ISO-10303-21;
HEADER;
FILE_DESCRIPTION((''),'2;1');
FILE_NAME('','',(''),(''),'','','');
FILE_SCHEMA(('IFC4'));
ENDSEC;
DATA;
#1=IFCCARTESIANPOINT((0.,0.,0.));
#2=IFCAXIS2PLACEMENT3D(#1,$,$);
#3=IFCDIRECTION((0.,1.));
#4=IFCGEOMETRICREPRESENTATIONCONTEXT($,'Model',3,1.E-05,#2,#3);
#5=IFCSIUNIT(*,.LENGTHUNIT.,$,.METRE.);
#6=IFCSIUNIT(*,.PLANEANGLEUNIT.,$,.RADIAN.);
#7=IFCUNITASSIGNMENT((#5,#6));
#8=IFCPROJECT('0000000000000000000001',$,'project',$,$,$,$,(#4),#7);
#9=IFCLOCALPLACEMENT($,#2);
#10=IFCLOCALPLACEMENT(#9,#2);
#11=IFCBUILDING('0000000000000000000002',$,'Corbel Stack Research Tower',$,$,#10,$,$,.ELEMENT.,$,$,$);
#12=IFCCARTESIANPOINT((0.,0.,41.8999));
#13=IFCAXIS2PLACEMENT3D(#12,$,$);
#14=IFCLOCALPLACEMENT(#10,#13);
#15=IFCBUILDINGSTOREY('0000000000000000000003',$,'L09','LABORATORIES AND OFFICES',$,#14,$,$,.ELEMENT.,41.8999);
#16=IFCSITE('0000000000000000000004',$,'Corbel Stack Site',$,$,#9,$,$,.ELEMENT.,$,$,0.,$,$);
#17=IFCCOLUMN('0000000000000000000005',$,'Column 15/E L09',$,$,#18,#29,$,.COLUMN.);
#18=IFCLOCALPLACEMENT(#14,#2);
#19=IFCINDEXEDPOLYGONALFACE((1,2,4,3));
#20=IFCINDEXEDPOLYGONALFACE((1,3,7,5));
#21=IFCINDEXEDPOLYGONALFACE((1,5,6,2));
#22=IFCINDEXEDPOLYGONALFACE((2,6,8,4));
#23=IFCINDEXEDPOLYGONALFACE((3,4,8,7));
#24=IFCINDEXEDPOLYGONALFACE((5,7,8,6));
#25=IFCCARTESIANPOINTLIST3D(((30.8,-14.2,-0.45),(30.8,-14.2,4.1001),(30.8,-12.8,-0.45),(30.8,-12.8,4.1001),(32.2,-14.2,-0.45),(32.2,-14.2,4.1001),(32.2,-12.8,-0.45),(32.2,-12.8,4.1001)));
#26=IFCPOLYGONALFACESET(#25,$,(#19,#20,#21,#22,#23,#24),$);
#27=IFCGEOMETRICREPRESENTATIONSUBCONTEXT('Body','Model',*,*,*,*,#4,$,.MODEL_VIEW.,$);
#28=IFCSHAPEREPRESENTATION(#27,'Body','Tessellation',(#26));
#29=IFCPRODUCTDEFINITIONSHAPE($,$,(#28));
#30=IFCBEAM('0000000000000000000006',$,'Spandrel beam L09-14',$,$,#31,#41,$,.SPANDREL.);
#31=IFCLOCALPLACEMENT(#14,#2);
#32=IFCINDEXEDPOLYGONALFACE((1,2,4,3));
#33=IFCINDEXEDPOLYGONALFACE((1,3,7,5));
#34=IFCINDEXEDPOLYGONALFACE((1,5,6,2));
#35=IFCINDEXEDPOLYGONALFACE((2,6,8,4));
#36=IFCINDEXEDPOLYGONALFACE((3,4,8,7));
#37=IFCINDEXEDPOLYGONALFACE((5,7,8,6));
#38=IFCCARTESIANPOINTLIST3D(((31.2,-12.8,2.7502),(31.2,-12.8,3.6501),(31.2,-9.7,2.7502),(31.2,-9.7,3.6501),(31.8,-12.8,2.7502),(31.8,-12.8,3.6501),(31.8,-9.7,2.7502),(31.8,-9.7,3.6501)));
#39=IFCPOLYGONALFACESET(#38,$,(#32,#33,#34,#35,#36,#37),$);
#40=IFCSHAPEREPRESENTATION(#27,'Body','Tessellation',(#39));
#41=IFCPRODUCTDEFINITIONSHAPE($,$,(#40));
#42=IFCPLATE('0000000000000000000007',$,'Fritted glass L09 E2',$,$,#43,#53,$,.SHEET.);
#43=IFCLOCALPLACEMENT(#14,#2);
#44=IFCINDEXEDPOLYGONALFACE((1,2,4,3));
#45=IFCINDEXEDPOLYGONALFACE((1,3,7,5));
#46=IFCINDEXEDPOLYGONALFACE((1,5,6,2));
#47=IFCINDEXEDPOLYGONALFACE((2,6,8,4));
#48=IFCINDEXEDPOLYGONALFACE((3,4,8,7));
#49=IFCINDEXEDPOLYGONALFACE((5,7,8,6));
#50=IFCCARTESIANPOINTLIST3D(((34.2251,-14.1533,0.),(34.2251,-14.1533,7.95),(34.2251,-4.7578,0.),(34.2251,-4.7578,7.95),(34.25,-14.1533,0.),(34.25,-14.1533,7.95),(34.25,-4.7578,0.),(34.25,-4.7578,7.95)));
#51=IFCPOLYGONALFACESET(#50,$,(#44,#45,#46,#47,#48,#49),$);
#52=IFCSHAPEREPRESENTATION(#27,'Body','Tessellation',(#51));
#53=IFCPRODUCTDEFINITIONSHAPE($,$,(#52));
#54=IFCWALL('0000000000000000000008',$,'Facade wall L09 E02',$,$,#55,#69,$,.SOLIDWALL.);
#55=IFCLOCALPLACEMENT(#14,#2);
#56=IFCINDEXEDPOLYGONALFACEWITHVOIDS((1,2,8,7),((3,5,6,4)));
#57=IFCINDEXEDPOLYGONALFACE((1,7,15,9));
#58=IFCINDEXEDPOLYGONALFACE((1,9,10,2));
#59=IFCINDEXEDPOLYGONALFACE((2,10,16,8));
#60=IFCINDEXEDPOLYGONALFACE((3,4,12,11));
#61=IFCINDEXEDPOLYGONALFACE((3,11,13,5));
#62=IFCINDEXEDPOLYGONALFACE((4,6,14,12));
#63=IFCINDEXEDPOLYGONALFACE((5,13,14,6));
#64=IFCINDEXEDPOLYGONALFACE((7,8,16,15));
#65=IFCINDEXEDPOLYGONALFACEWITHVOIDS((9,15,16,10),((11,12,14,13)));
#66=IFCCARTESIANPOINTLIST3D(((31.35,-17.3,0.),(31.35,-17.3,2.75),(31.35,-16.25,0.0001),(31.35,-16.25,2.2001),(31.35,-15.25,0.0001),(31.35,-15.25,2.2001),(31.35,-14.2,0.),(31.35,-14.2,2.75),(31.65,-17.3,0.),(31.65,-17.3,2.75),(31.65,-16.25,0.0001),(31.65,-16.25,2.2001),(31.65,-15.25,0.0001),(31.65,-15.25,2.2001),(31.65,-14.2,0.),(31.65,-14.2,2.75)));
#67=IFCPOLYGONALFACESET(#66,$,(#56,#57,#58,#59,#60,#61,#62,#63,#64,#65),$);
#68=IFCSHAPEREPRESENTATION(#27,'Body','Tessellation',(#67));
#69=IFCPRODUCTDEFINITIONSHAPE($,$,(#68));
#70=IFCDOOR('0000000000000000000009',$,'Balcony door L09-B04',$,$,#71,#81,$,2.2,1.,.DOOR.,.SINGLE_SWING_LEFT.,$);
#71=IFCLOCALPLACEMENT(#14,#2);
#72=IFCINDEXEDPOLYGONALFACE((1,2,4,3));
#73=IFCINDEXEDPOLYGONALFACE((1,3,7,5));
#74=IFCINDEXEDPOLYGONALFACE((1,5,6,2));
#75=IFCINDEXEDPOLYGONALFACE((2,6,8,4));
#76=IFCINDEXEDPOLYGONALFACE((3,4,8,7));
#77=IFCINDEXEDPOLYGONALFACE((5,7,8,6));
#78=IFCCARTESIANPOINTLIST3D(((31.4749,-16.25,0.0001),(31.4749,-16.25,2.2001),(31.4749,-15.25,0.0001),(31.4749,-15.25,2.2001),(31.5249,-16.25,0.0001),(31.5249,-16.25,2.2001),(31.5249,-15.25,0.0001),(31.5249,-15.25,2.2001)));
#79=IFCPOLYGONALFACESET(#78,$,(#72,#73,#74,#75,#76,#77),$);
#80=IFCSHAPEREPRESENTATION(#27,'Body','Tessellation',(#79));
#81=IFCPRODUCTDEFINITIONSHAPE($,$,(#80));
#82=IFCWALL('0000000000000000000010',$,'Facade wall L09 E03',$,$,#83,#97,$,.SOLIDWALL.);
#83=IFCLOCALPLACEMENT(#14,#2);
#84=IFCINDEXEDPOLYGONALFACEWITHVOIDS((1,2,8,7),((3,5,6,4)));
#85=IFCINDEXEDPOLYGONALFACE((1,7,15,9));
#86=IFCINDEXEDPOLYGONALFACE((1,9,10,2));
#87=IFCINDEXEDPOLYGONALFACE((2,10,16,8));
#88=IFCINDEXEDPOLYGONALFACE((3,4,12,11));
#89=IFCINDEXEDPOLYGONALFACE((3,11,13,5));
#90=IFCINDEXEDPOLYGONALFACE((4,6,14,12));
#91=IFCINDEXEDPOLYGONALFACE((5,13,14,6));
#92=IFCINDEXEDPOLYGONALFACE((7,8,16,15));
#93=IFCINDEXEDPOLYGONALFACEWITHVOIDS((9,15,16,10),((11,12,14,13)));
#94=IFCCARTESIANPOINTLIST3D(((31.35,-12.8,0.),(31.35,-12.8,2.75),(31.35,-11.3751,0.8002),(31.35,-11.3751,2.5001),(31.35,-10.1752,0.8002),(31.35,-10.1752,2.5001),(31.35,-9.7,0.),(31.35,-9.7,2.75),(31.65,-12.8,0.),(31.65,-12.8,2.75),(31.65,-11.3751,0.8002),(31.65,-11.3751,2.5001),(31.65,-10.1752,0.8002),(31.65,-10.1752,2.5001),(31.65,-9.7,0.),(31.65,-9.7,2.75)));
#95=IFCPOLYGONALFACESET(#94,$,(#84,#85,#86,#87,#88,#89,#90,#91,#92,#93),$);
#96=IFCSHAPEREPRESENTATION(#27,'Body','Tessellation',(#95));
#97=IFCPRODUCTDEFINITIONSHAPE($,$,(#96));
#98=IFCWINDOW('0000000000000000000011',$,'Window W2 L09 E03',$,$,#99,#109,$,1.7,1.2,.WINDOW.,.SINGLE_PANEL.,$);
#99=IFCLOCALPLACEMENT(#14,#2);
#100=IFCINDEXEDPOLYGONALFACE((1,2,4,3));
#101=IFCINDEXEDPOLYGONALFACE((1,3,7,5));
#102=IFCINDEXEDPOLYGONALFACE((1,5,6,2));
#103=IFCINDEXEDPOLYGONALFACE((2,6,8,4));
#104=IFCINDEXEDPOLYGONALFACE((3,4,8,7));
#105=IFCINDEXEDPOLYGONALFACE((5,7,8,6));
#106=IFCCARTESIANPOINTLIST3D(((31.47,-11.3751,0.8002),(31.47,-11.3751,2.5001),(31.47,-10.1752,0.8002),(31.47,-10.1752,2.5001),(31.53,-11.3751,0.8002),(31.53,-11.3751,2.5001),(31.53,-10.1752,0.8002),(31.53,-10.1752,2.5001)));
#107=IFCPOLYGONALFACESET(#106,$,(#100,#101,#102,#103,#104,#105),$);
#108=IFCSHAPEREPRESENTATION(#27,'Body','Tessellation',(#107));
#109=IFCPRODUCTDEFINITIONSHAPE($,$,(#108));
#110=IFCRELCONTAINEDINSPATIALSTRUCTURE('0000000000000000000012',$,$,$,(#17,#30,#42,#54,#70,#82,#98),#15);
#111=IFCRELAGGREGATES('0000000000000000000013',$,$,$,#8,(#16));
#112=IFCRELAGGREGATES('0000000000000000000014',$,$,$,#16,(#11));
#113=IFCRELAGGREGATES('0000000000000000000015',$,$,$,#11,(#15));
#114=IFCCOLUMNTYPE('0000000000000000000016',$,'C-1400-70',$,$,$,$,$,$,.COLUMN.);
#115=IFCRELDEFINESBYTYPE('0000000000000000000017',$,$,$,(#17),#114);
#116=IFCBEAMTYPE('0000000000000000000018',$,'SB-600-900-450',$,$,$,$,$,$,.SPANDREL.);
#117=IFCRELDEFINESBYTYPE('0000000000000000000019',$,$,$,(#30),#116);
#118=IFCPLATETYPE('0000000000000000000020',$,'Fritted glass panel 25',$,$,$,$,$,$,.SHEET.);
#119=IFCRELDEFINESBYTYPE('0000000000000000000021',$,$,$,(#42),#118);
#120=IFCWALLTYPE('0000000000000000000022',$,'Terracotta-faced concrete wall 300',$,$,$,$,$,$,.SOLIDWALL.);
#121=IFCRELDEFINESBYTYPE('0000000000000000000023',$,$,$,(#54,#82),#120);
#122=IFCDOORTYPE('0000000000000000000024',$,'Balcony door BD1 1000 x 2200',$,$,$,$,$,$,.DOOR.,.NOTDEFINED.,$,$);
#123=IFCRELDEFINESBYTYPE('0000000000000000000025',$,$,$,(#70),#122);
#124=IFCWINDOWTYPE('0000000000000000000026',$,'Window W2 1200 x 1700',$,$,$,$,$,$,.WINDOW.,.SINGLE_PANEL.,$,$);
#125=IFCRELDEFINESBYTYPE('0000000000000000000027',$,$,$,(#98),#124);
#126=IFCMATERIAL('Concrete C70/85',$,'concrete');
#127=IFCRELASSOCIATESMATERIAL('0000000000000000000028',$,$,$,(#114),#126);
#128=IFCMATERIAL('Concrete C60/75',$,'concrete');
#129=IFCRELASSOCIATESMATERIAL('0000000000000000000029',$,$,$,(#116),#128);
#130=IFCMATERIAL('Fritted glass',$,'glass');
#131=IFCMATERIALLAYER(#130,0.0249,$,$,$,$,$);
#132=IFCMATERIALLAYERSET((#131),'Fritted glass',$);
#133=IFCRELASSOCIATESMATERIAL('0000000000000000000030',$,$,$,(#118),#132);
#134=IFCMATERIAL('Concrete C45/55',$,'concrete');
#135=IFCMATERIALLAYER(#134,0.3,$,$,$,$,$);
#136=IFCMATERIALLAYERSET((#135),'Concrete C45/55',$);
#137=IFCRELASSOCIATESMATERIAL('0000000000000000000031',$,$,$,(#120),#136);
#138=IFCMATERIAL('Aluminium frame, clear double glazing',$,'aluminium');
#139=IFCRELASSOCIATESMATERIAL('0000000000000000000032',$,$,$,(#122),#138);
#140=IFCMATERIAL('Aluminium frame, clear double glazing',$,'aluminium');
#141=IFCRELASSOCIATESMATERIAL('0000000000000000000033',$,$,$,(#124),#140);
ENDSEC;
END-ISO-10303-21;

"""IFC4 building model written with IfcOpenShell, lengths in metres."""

from ifc_helpers import new_model, si_unit, direction, frame, frame_2d, origin, origin_2d, place, context, subcontext, project, spatial, rectangle, extrude, material, layer, layer_set, material_profile, profile_set, type_object, element, fill, save


model = new_model("IFC4")

# Units and contexts
model_context = context("Model", 3, precision=1e-05, world=origin(), true_north=direction((0.0, 1.0)))
body_context = subcontext(model_context, "Body", "Model", "MODEL_VIEW")
ifc_project = project(units=[si_unit("LENGTHUNIT", "METRE"), si_unit("PLANEANGLEUNIT", "RADIAN")], contexts=[model_context])

# Site, building, storey
site_placement = place(None, origin())
site = spatial("IfcSite", under=ifc_project, at=site_placement, Name="Corbel Stack Site", CompositionType="ELEMENT", RefElevation=0.0)
building_placement = place(site_placement, origin())
building = spatial("IfcBuilding", under=site, at=building_placement, Name="Corbel Stack Research Tower", CompositionType="ELEMENT")
storey_placement = place(building_placement, frame((0.0, 0.0, 41.8999)))
storey = spatial("IfcBuildingStorey", under=building, at=storey_placement, Name="L09", Description="LABORATORIES AND OFFICES", CompositionType="ELEMENT", Elevation=41.8999)

# Column
ifc_material_1 = material(Name="Concrete C70/85", Category="concrete")
ifc_material_profile_1 = material_profile(ifc_material_1, rectangle(XDim=1.3999, YDim=1.3999, at=origin_2d()), Name="RC 1400 x 1400")
ifc_profile_set_1 = profile_set([ifc_material_profile_1], Name="Concrete C70/85")
column_type = type_object("IfcColumnType", Name="C-1400-70", PredefinedType="COLUMN", material=ifc_profile_set_1)
column_placement = place(storey_placement, frame((31.5, -13.5, -0.45), z_axis=(0.0, 0.0, 1.0), x_axis=(1.0, 0.0, 0.0)))
element("IfcColumn", 1, at=column_placement, inside=storey, type_object=column_type, Name="Column 15/E L09", PredefinedType="COLUMN", context=body_context, shape_type="SweptSolid", body=[
    extrude(rectangle(XDim=1.3999, YDim=1.3999, at=origin_2d()), origin(), (0.0, 0.0, 1.0), 4.55),
])

# Beam
ifc_material_2 = material(Name="Concrete C60/75", Category="concrete")
ifc_material_profile_2 = material_profile(ifc_material_2, rectangle(XDim=0.6001, YDim=0.8999, at=origin_2d()), Name="RC 600 x 900")
ifc_profile_set_2 = profile_set([ifc_material_profile_2], Name="Concrete C60/75")
beam_type = type_object("IfcBeamType", Name="SB-600-900-450", PredefinedType="SPANDREL", material=ifc_profile_set_2)
beam_placement = place(storey_placement, frame((31.5, -12.8, 3.2002), z_axis=(0.0, 1.0, 0.0), x_axis=(-1.0, 0.0, 0.0)))
element("IfcBeam", 2, at=beam_placement, inside=storey, type_object=beam_type, Name="Spandrel beam L09-14", PredefinedType="SPANDREL", context=body_context, shape_type="SweptSolid", body=[
    extrude(rectangle(XDim=0.6001, YDim=0.8999, at=origin_2d()), origin(), (0.0, 0.0, 1.0), 3.1001),
])

# Plate
ifc_material_3 = material(Name="Fritted glass", Category="glass")
ifc_layer_1 = layer(ifc_material_3, 0.0249)
ifc_layer_set_1 = layer_set([ifc_layer_1], Name="Fritted glass")
plate_type = type_object("IfcPlateType", Name="Fritted glass panel 25", PredefinedType="SHEET", material=ifc_layer_set_1)
plate_placement = place(storey_placement, frame((34.2375, -9.4556, 0.0), z_axis=(0.0, 0.0, 1.0), x_axis=(0.0, 1.0, 0.0)))
element("IfcPlate", 3, at=plate_placement, inside=storey, type_object=plate_type, Name="Fritted glass L09 E2", PredefinedType="SHEET", context=body_context, shape_type="SweptSolid", body=[
    extrude(rectangle(XDim=9.3955, YDim=0.0249, at=origin_2d()), origin(), (0.0, 0.0, 1.0), 7.95),
])

# Wall, opening, door
ifc_material_4 = material(Name="Concrete C45/55", Category="concrete")
ifc_layer_2 = layer(ifc_material_4, 0.3)
ifc_layer_set_2 = layer_set([ifc_layer_2], Name="Concrete C45/55")
wall_type = type_object("IfcWallType", Name="Terracotta-faced concrete wall 300", PredefinedType="SOLIDWALL", material=ifc_layer_set_2)
wall_1_placement = place(storey_placement, frame((31.5, -14.2, 0.0), z_axis=(0.0, 0.0, 1.0), x_axis=(0.0, -1.0, 0.0)))
wall_1 = element("IfcWall", 4, at=wall_1_placement, inside=storey, type_object=wall_type, Name="Facade wall L09 E02", PredefinedType="SOLIDWALL", context=body_context, shape_type="SweptSolid", body=[
    extrude(rectangle(XDim=3.1001, YDim=0.3, at=frame_2d((1.55, 0.0))), origin(), (0.0, 0.0, 1.0), 2.75),
])
opening_1_placement = place(wall_1_placement, frame((1.05, 0.0, 0.0)))
opening_1 = element("IfcOpeningElement", 5, at=opening_1_placement, cuts=wall_1, PredefinedType="OPENING", context=body_context, shape_type="SweptSolid", body=[
    extrude(rectangle(XDim=1.0, YDim=2.2, at=frame_2d((0.5, 1.1001))), frame((0.0, 0.1599, 0.0), z_axis=(0.0, -1.0, 0.0), x_axis=(1.0, 0.0, 0.0)), (0.0, 0.0, 1.0), 0.3201),
])
ifc_material_5 = material(Name="Aluminium frame, clear double glazing", Category="aluminium")
door_type = type_object("IfcDoorType", Name="Balcony door BD1 1000 x 2200", OperationType="NOTDEFINED", PredefinedType="DOOR", material=ifc_material_5)
door_placement = place(opening_1_placement, origin())
door = element("IfcDoor", 6, at=door_placement, inside=storey, type_object=door_type, Name="Balcony door L09-B04", OperationType="SINGLE_SWING_LEFT", OverallHeight=2.2, OverallWidth=1.0, PredefinedType="DOOR", context=body_context, shape_type="SweptSolid", body=[
    extrude(rectangle(XDim=1.0, YDim=2.2, at=frame_2d((0.5, 1.1001))), frame((0.0, 0.0249, 0.0), z_axis=(0.0, -1.0, 0.0), x_axis=(1.0, 0.0, 0.0)), (0.0, 0.0, 1.0), 0.05),
])
fill(opening_1, door)

# Wall, opening, window
wall_2_placement = place(storey_placement, frame((31.5, -9.7, 0.0), z_axis=(0.0, 0.0, 1.0), x_axis=(0.0, -1.0, 0.0)))
wall_2 = element("IfcWall", 7, at=wall_2_placement, inside=storey, type_object=wall_type, Name="Facade wall L09 E03", PredefinedType="SOLIDWALL", context=body_context, shape_type="SweptSolid", body=[
    extrude(rectangle(XDim=3.1001, YDim=0.3, at=frame_2d((1.55, 0.0))), origin(), (0.0, 0.0, 1.0), 2.75),
])
opening_2_placement = place(wall_2_placement, frame((0.4751, 0.0, 0.8)))
opening_2 = element("IfcOpeningElement", 8, at=opening_2_placement, cuts=wall_2, PredefinedType="OPENING", context=body_context, shape_type="SweptSolid", body=[
    extrude(rectangle(XDim=1.2, YDim=1.7, at=frame_2d((0.6001, 0.8501))), frame((0.0, 0.1599, 0.0), z_axis=(0.0, -1.0, 0.0), x_axis=(1.0, 0.0, 0.0)), (0.0, 0.0, 1.0), 0.3201),
])
ifc_material_6 = material(Name="Aluminium frame, clear double glazing", Category="aluminium")
window_type = type_object("IfcWindowType", Name="Window W2 1200 x 1700", PartitioningType="SINGLE_PANEL", PredefinedType="WINDOW", material=ifc_material_6)
window_placement = place(opening_2_placement, origin())
window = element("IfcWindow", 9, at=window_placement, inside=storey, type_object=window_type, Name="Window W2 L09 E03", OverallHeight=1.7, OverallWidth=1.2, PartitioningType="SINGLE_PANEL", PredefinedType="WINDOW", context=body_context, shape_type="SweptSolid", body=[
    extrude(rectangle(XDim=1.2, YDim=1.7, at=frame_2d((0.6001, 0.8501))), frame((0.0, 0.03, 0.0), z_axis=(0.0, -1.0, 0.0), x_axis=(1.0, 0.0, 0.0)), (0.0, 0.0, 1.0), 0.0601),
])
fill(opening_2, window)

save(model, "model.ifc")
